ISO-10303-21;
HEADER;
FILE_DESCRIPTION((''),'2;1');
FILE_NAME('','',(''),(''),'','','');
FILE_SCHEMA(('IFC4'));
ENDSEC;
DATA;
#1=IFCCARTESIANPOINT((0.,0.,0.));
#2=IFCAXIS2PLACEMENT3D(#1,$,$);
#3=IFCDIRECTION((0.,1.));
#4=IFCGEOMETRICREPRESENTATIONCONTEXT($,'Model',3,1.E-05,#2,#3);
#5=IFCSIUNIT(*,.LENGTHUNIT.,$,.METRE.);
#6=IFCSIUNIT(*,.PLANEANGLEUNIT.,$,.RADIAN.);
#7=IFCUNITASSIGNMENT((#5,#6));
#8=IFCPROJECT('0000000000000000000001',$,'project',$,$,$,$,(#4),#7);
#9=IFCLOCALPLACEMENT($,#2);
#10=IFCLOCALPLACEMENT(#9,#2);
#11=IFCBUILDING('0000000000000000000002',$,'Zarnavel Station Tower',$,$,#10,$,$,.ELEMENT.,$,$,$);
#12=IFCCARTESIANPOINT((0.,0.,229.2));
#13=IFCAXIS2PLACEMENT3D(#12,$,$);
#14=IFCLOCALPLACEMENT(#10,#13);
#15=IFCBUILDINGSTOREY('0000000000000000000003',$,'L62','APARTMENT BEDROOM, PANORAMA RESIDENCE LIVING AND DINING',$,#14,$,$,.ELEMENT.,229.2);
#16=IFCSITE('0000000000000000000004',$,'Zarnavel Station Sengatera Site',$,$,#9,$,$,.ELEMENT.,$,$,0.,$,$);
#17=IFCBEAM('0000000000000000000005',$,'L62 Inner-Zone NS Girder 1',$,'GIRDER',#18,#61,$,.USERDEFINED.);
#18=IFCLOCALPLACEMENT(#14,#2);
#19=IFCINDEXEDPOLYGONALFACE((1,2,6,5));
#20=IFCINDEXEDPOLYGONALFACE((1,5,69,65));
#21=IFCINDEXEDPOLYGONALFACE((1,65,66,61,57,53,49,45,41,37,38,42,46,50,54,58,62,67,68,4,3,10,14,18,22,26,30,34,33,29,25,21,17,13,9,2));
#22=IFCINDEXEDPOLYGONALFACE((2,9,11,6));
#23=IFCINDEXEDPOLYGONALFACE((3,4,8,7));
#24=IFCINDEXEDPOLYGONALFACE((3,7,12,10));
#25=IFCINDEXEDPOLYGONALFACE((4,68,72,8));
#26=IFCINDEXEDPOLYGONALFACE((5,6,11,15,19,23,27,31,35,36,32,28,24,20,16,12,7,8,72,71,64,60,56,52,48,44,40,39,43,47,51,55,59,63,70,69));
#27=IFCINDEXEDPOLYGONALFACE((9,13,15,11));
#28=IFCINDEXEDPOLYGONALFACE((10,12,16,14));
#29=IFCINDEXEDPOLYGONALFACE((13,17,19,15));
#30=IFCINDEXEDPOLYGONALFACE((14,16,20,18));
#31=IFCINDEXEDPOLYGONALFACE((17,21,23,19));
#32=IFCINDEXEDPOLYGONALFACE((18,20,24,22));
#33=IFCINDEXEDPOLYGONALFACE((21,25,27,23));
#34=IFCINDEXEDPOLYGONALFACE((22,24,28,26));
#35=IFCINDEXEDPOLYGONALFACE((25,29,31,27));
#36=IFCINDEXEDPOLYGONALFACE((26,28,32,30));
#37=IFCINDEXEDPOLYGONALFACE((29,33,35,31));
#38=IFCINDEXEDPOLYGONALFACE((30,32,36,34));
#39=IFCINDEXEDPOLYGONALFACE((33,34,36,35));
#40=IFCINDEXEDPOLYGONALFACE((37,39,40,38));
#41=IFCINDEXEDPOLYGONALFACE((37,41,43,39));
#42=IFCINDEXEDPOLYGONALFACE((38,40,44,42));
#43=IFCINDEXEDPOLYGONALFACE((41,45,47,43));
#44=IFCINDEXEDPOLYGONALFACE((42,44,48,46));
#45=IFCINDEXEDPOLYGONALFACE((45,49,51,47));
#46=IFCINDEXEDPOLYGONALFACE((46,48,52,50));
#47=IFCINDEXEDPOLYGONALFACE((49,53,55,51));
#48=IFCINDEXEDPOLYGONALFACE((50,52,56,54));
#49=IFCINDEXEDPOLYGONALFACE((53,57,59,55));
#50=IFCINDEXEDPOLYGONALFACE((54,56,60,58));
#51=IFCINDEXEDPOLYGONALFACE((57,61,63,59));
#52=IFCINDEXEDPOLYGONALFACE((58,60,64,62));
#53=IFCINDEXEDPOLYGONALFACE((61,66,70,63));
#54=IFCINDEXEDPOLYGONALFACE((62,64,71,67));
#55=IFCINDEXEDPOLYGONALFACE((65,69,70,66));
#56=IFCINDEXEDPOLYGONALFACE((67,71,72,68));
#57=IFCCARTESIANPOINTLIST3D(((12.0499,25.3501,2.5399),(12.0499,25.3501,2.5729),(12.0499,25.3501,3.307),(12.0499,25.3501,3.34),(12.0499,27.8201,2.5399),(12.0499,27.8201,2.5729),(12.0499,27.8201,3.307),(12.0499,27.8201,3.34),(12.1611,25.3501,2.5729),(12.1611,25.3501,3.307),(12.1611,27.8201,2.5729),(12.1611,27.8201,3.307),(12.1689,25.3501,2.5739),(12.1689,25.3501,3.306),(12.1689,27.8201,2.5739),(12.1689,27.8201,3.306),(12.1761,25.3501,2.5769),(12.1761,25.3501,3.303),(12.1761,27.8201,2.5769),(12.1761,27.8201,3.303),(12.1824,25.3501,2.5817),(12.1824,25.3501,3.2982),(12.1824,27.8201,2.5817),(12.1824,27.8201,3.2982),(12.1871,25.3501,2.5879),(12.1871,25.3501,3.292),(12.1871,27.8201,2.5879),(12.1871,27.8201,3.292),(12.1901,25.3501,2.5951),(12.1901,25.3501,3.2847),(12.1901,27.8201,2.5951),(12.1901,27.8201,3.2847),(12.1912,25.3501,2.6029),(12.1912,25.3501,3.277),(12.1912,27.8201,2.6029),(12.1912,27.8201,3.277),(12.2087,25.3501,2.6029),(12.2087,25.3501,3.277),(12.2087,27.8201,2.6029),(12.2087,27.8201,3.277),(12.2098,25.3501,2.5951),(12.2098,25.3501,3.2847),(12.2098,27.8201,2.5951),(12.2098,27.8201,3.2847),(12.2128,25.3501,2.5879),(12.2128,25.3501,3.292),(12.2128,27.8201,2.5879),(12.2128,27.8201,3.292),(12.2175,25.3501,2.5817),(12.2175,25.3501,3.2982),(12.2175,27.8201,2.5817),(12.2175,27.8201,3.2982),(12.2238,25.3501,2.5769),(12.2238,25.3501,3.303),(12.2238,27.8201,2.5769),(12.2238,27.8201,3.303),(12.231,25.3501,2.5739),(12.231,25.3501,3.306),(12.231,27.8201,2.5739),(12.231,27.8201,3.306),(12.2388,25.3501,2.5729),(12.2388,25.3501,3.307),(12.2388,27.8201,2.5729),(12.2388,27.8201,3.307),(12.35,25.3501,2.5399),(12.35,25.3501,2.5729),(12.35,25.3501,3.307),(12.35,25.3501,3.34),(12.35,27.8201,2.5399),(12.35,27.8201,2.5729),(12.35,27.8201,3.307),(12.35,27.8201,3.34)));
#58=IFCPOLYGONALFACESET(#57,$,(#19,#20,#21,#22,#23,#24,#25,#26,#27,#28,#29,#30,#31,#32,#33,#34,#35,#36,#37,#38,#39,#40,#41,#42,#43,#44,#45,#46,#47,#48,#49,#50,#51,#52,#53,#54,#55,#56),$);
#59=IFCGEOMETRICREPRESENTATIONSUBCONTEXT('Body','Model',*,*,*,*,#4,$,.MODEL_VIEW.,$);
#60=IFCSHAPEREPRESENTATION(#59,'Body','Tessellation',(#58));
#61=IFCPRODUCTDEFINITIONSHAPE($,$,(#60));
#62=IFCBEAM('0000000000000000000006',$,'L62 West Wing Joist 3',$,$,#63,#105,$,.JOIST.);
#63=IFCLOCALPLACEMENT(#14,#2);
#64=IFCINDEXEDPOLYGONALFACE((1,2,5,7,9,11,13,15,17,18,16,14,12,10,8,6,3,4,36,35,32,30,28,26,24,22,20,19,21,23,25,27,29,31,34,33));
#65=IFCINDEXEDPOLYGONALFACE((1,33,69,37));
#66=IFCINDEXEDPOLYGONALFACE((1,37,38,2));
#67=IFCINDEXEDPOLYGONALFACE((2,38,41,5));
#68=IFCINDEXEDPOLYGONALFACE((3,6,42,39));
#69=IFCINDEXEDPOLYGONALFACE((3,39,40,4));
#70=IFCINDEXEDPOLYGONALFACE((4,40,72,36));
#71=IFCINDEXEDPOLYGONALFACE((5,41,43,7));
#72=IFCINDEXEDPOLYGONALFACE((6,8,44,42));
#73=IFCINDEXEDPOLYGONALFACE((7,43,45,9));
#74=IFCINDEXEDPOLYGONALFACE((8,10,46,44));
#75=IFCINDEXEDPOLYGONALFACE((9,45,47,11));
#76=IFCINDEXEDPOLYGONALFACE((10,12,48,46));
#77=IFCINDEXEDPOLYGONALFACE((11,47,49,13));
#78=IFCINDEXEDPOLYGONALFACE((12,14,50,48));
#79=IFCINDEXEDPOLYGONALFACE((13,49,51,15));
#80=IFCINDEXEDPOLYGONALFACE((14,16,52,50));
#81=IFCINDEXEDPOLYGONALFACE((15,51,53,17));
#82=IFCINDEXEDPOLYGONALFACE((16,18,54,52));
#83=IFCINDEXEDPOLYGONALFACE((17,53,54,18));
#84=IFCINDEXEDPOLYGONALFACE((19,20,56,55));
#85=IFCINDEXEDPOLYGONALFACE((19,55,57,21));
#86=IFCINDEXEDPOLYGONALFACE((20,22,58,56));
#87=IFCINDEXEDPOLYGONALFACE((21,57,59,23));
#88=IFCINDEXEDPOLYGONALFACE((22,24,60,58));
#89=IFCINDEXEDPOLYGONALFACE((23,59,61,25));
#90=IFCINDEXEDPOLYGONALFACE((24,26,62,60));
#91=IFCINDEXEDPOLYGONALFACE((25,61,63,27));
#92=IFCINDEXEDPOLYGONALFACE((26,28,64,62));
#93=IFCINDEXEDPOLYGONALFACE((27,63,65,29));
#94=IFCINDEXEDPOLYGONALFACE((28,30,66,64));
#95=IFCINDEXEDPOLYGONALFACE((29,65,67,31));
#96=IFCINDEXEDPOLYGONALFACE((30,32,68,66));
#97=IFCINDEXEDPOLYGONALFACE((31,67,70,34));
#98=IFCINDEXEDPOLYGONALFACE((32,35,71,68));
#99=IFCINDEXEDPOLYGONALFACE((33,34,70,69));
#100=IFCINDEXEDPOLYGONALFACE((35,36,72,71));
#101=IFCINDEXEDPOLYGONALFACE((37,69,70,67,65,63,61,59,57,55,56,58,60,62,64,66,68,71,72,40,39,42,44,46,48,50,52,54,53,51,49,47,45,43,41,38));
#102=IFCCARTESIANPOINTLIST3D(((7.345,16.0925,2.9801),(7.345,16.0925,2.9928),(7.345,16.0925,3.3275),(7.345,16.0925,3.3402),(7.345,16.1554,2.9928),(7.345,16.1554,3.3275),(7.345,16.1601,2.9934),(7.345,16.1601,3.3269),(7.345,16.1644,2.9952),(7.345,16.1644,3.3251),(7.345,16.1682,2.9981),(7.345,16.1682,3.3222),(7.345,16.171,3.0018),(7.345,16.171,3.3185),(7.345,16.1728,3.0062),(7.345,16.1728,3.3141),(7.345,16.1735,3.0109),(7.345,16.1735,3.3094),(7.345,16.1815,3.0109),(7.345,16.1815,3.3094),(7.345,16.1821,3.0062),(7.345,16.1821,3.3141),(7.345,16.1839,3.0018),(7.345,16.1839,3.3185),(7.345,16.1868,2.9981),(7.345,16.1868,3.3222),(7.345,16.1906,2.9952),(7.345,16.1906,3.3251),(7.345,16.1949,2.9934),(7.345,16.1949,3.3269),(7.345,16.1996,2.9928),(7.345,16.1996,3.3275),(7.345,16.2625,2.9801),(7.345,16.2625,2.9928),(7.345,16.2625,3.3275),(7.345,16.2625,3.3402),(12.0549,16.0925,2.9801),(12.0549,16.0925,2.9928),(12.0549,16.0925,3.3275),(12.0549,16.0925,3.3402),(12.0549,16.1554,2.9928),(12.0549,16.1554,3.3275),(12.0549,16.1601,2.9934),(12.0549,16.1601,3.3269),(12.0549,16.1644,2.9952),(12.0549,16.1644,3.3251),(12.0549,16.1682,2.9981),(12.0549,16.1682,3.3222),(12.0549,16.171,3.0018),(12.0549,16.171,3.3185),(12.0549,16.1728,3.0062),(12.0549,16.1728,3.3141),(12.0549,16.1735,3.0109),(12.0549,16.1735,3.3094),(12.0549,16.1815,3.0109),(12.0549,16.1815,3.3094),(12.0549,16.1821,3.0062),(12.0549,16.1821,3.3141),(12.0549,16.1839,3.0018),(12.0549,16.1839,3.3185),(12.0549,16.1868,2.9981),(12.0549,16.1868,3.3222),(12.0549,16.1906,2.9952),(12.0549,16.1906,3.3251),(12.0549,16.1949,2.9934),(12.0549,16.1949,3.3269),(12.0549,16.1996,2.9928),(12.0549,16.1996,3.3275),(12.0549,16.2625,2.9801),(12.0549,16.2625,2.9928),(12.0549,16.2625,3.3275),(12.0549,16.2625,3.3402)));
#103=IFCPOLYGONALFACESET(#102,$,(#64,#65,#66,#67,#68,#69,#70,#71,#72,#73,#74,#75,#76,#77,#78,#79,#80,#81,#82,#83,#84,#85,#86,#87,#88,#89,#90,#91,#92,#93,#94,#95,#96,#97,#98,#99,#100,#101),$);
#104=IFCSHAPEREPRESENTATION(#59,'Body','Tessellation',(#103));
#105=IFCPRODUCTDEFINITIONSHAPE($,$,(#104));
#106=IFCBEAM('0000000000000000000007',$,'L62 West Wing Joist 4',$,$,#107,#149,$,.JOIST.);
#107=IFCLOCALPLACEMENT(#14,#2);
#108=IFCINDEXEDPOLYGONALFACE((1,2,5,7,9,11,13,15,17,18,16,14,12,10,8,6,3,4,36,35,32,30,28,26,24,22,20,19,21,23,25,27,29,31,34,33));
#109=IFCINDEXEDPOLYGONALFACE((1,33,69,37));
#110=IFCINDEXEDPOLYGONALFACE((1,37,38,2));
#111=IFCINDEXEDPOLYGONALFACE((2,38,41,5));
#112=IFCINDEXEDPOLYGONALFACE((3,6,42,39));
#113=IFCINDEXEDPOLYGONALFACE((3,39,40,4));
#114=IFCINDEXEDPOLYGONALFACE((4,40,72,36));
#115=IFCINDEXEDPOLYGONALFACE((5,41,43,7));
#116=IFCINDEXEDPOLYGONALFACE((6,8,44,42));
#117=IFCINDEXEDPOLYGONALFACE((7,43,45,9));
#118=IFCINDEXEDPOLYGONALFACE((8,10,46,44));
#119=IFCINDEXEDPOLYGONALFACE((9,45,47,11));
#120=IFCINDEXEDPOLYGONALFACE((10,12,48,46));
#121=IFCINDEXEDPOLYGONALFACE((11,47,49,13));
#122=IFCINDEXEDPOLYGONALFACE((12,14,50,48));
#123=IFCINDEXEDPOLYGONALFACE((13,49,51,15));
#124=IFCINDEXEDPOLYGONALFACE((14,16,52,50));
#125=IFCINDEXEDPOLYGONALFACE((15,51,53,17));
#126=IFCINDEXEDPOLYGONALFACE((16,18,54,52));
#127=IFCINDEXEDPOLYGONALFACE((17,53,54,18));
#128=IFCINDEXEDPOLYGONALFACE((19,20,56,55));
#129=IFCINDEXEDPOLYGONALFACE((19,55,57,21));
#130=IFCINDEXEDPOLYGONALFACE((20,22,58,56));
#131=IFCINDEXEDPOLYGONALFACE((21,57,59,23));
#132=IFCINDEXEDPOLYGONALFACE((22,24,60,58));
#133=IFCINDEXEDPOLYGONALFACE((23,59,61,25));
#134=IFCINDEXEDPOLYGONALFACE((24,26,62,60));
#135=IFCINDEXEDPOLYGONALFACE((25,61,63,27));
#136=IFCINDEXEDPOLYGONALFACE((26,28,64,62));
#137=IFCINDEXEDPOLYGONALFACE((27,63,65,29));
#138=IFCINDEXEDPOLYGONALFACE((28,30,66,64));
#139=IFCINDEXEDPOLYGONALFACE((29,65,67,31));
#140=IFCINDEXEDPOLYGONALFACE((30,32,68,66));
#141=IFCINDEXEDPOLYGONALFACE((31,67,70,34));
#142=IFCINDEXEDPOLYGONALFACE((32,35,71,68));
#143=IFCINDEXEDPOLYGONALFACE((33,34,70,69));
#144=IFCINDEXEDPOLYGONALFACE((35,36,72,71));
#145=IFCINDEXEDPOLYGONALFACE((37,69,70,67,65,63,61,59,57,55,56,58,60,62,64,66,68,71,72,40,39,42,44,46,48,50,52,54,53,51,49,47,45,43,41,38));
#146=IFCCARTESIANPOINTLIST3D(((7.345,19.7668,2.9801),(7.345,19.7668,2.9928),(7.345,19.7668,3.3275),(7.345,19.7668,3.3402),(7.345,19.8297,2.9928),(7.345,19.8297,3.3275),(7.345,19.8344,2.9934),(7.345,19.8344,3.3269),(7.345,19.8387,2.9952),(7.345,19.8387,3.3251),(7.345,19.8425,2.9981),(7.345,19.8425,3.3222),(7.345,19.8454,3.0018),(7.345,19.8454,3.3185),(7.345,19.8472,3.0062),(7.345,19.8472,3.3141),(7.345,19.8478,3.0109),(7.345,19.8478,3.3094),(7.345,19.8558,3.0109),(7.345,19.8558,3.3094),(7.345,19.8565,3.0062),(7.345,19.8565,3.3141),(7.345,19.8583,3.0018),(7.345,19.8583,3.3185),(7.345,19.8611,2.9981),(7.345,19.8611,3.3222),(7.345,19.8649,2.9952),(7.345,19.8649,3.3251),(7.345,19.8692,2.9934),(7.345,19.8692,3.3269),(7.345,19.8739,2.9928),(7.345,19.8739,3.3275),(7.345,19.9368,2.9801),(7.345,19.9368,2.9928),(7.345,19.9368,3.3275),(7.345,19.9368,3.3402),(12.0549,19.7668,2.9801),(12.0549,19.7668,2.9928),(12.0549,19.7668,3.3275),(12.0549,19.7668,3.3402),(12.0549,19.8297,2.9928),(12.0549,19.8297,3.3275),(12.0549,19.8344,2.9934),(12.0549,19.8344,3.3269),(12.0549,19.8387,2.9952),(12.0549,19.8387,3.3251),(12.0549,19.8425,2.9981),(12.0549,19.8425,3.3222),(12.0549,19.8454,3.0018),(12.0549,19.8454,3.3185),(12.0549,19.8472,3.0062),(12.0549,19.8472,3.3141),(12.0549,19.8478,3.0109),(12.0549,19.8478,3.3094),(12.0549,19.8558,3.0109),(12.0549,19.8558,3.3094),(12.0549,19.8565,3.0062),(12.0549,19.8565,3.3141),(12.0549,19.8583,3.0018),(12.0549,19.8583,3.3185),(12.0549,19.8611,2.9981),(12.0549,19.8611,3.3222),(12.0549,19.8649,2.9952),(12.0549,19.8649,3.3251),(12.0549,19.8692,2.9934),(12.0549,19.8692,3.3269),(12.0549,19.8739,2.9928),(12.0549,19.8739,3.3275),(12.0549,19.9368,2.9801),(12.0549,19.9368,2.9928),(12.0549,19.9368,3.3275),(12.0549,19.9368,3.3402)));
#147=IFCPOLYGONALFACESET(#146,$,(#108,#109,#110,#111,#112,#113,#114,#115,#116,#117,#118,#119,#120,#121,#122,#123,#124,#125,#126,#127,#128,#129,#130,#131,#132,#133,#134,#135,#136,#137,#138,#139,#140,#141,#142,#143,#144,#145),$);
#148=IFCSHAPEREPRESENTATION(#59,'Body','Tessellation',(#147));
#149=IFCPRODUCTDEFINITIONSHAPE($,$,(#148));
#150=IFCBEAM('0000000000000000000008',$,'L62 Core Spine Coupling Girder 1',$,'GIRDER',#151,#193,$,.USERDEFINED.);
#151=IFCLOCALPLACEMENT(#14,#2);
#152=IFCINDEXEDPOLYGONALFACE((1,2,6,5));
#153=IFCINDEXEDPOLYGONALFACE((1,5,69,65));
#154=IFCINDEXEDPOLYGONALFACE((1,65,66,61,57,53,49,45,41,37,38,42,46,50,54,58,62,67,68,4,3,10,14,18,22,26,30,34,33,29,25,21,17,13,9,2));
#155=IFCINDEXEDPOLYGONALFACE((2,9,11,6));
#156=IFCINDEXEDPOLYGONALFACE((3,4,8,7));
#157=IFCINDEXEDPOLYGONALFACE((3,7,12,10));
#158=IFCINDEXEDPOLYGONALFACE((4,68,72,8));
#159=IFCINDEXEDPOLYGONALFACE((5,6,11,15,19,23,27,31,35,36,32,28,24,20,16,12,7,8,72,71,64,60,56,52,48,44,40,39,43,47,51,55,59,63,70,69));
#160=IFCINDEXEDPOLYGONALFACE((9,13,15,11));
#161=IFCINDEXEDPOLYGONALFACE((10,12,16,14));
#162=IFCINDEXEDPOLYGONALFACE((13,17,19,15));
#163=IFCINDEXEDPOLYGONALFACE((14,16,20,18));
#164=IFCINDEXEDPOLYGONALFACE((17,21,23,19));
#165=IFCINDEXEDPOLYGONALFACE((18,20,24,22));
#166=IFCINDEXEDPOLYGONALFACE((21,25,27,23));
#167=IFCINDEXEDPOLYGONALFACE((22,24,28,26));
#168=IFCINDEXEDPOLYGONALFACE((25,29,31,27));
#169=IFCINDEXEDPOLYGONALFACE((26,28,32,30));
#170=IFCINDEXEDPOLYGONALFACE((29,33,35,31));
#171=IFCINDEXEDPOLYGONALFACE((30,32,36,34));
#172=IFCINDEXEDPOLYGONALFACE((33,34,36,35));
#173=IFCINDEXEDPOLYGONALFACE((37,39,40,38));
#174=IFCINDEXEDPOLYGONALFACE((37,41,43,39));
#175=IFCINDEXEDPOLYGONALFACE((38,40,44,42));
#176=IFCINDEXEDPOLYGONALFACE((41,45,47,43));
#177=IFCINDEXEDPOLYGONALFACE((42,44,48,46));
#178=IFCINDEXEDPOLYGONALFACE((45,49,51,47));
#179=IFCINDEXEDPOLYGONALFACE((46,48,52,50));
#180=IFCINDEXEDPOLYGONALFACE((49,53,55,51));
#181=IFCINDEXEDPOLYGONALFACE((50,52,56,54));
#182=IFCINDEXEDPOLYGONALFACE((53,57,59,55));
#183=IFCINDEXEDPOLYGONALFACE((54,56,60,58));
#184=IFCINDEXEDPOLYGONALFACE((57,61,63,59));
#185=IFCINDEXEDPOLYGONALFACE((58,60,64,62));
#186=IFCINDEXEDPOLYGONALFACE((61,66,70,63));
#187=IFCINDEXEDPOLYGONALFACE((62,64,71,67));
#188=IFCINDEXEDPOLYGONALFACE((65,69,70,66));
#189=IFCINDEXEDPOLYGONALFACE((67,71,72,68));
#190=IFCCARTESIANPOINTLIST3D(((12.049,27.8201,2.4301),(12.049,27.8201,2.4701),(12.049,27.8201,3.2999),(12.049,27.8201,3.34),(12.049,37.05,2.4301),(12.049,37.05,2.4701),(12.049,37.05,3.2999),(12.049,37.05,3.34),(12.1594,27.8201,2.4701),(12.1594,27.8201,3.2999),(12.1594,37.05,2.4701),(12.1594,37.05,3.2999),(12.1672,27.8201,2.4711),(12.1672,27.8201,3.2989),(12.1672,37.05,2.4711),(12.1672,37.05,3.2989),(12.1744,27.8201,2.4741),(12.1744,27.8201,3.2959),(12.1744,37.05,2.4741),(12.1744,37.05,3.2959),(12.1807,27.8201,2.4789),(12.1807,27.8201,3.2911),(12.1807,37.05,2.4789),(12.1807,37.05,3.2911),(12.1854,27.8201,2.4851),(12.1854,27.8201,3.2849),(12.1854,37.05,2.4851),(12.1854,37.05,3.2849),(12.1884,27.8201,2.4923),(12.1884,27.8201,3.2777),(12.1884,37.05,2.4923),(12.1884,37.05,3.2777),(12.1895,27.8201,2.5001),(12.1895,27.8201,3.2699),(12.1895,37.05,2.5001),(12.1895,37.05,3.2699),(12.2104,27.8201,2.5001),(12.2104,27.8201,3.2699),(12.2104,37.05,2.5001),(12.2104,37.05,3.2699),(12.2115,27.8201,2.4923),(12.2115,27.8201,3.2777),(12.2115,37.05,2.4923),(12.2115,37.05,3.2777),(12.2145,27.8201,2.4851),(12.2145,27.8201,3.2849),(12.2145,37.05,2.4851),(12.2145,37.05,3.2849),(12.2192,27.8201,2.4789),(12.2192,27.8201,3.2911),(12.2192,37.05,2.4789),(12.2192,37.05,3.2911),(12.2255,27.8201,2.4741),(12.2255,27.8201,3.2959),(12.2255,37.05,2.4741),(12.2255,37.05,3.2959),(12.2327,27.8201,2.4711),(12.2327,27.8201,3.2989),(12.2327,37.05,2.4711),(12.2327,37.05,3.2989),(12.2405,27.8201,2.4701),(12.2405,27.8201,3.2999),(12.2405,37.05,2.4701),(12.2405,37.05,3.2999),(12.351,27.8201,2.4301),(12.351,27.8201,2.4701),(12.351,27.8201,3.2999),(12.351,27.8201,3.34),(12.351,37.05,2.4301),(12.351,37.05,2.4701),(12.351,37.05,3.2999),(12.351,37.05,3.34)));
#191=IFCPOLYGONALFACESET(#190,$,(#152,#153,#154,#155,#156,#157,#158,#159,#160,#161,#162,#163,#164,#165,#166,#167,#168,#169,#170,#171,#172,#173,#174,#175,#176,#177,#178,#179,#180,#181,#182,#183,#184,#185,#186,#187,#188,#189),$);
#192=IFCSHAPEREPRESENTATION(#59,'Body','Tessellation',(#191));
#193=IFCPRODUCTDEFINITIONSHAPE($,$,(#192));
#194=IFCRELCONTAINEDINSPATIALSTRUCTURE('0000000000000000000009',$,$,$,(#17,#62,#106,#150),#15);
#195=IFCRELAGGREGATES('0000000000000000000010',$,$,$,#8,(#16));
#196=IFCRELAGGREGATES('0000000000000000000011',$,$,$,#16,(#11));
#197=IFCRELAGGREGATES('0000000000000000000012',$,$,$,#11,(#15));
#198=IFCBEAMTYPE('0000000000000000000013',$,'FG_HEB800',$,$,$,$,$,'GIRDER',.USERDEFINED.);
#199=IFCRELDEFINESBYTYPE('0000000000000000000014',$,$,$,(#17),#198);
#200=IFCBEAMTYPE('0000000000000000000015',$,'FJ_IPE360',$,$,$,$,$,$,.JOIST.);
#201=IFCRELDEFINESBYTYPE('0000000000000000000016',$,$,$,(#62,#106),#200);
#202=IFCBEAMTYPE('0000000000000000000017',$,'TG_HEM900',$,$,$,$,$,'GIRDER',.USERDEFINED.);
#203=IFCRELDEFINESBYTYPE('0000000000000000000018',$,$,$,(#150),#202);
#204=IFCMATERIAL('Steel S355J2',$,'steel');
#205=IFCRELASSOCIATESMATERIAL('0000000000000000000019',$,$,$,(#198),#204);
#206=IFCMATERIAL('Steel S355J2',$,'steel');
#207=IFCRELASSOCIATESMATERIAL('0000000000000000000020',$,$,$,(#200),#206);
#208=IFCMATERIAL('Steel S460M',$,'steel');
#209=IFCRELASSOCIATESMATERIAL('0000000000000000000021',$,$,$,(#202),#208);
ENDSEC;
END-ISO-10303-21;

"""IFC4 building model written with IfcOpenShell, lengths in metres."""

from ifc_helpers import new_model, si_unit, direction, frame, origin, origin_2d, place, context, subcontext, project, spatial, i_section, extrude, material, material_profile, profile_set, type_object, element, save


model = new_model("IFC4")

# Units and contexts
model_context = context("Model", 3, precision=1e-05, world=origin(), true_north=direction((0.0, 1.0)))
body_context = subcontext(model_context, "Body", "Model", "MODEL_VIEW")
ifc_project = project(units=[si_unit("LENGTHUNIT", "METRE"), si_unit("PLANEANGLEUNIT", "RADIAN")], contexts=[model_context])

# Site, building, storey
site_placement = place(None, origin())
site = spatial("IfcSite", under=ifc_project, at=site_placement, Name="Zarnavel Station Sengatera Site", CompositionType="ELEMENT", RefElevation=0.0)
building_placement = place(site_placement, origin())
building = spatial("IfcBuilding", under=site, at=building_placement, Name="Zarnavel Station Tower", CompositionType="ELEMENT")
storey_placement = place(building_placement, frame((0.0, 0.0, 229.2)))
storey = spatial("IfcBuildingStorey", under=building, at=storey_placement, Name="L62", Description="APARTMENT BEDROOM, PANORAMA RESIDENCE LIVING AND DINING", CompositionType="ELEMENT", Elevation=229.2)

# Beams
ifc_material_1 = material(Name="Steel S355J2", Category="steel")
ifc_material_profile_1 = material_profile(ifc_material_1, i_section(OverallWidth=0.3, OverallDepth=0.8, WebThickness=0.0176, FlangeThickness=0.033, FilletRadius=0.03, at=origin_2d()), Name="HEB800")
ifc_profile_set_1 = profile_set([ifc_material_profile_1], Name="Steel S355J2")
beam_type_1 = type_object("IfcBeamType", Name="FG_HEB800", ElementType="GIRDER", PredefinedType="USERDEFINED", material=ifc_profile_set_1)
beam_1_placement = place(storey_placement, frame((12.2, 25.3501, 2.9399), z_axis=(0.0, 1.0, 0.0), x_axis=(-1.0, 0.0, 0.0)))
element("IfcBeam", 1, at=beam_1_placement, inside=storey, type_object=beam_type_1, Name="L62 Inner-Zone NS Girder 1", ObjectType="GIRDER", PredefinedType="USERDEFINED", context=body_context, shape_type="SweptSolid", body=[
    extrude(i_section(OverallWidth=0.3, OverallDepth=0.8, WebThickness=0.0176, FlangeThickness=0.033, FilletRadius=0.03, at=origin_2d()), origin(), (0.0, 0.0, 1.0), 2.47),
])
ifc_material_2 = material(Name="Steel S355J2", Category="steel")
ifc_material_profile_2 = material_profile(ifc_material_2, i_section(OverallWidth=0.1699, OverallDepth=0.3601, WebThickness=0.0081, FlangeThickness=0.0127, FilletRadius=0.0181, at=origin_2d()), Name="IPE360")
ifc_profile_set_2 = profile_set([ifc_material_profile_2], Name="Steel S355J2")
beam_type_2 = type_object("IfcBeamType", Name="FJ_IPE360", PredefinedType="JOIST", material=ifc_profile_set_2)
for number, where, z_axis, x_axis, name in (
    (2, (7.345, 16.1775, 3.1602), (1.0, 0.0, 0.0), (0.0, 1.0, 0.0), "L62 West Wing Joist 3"),
    (3, (7.345, 19.8518, 3.1602), (1.0, 0.0, 0.0), (0.0, 1.0, 0.0), "L62 West Wing Joist 4"),
):
    element("IfcBeam", number, at=place(storey_placement, frame(where, z_axis=z_axis, x_axis=x_axis)), inside=storey, type_object=beam_type_2, Name=name, PredefinedType="JOIST", context=body_context, shape_type="SweptSolid", body=[
        extrude(i_section(OverallWidth=0.1699, OverallDepth=0.3601, WebThickness=0.0081, FlangeThickness=0.0127, FilletRadius=0.0181, at=origin_2d()), origin(), (0.0, 0.0, 1.0), 4.71),
    ])
ifc_material_3 = material(Name="Steel S460M", Category="steel")
ifc_material_profile_3 = material_profile(ifc_material_3, i_section(OverallWidth=0.302, OverallDepth=0.9099, WebThickness=0.021, FlangeThickness=0.04, FilletRadius=0.03, at=origin_2d()), Name="HEM900")
ifc_profile_set_3 = profile_set([ifc_material_profile_3], Name="Steel S460M")
beam_type_3 = type_object("IfcBeamType", Name="TG_HEM900", ElementType="GIRDER", PredefinedType="USERDEFINED", material=ifc_profile_set_3)
beam_2_placement = place(storey_placement, frame((12.2, 27.8201, 2.885), z_axis=(0.0, 1.0, 0.0), x_axis=(-1.0, 0.0, 0.0)))
element("IfcBeam", 4, at=beam_2_placement, inside=storey, type_object=beam_type_3, Name="L62 Core Spine Coupling Girder 1", ObjectType="GIRDER", PredefinedType="USERDEFINED", context=body_context, shape_type="SweptSolid", body=[
    extrude(i_section(OverallWidth=0.302, OverallDepth=0.9099, WebThickness=0.021, FlangeThickness=0.04, FilletRadius=0.03, at=origin_2d()), origin(), (0.0, 0.0, 1.0), 9.23),
])

save(model, "model.ifc")
